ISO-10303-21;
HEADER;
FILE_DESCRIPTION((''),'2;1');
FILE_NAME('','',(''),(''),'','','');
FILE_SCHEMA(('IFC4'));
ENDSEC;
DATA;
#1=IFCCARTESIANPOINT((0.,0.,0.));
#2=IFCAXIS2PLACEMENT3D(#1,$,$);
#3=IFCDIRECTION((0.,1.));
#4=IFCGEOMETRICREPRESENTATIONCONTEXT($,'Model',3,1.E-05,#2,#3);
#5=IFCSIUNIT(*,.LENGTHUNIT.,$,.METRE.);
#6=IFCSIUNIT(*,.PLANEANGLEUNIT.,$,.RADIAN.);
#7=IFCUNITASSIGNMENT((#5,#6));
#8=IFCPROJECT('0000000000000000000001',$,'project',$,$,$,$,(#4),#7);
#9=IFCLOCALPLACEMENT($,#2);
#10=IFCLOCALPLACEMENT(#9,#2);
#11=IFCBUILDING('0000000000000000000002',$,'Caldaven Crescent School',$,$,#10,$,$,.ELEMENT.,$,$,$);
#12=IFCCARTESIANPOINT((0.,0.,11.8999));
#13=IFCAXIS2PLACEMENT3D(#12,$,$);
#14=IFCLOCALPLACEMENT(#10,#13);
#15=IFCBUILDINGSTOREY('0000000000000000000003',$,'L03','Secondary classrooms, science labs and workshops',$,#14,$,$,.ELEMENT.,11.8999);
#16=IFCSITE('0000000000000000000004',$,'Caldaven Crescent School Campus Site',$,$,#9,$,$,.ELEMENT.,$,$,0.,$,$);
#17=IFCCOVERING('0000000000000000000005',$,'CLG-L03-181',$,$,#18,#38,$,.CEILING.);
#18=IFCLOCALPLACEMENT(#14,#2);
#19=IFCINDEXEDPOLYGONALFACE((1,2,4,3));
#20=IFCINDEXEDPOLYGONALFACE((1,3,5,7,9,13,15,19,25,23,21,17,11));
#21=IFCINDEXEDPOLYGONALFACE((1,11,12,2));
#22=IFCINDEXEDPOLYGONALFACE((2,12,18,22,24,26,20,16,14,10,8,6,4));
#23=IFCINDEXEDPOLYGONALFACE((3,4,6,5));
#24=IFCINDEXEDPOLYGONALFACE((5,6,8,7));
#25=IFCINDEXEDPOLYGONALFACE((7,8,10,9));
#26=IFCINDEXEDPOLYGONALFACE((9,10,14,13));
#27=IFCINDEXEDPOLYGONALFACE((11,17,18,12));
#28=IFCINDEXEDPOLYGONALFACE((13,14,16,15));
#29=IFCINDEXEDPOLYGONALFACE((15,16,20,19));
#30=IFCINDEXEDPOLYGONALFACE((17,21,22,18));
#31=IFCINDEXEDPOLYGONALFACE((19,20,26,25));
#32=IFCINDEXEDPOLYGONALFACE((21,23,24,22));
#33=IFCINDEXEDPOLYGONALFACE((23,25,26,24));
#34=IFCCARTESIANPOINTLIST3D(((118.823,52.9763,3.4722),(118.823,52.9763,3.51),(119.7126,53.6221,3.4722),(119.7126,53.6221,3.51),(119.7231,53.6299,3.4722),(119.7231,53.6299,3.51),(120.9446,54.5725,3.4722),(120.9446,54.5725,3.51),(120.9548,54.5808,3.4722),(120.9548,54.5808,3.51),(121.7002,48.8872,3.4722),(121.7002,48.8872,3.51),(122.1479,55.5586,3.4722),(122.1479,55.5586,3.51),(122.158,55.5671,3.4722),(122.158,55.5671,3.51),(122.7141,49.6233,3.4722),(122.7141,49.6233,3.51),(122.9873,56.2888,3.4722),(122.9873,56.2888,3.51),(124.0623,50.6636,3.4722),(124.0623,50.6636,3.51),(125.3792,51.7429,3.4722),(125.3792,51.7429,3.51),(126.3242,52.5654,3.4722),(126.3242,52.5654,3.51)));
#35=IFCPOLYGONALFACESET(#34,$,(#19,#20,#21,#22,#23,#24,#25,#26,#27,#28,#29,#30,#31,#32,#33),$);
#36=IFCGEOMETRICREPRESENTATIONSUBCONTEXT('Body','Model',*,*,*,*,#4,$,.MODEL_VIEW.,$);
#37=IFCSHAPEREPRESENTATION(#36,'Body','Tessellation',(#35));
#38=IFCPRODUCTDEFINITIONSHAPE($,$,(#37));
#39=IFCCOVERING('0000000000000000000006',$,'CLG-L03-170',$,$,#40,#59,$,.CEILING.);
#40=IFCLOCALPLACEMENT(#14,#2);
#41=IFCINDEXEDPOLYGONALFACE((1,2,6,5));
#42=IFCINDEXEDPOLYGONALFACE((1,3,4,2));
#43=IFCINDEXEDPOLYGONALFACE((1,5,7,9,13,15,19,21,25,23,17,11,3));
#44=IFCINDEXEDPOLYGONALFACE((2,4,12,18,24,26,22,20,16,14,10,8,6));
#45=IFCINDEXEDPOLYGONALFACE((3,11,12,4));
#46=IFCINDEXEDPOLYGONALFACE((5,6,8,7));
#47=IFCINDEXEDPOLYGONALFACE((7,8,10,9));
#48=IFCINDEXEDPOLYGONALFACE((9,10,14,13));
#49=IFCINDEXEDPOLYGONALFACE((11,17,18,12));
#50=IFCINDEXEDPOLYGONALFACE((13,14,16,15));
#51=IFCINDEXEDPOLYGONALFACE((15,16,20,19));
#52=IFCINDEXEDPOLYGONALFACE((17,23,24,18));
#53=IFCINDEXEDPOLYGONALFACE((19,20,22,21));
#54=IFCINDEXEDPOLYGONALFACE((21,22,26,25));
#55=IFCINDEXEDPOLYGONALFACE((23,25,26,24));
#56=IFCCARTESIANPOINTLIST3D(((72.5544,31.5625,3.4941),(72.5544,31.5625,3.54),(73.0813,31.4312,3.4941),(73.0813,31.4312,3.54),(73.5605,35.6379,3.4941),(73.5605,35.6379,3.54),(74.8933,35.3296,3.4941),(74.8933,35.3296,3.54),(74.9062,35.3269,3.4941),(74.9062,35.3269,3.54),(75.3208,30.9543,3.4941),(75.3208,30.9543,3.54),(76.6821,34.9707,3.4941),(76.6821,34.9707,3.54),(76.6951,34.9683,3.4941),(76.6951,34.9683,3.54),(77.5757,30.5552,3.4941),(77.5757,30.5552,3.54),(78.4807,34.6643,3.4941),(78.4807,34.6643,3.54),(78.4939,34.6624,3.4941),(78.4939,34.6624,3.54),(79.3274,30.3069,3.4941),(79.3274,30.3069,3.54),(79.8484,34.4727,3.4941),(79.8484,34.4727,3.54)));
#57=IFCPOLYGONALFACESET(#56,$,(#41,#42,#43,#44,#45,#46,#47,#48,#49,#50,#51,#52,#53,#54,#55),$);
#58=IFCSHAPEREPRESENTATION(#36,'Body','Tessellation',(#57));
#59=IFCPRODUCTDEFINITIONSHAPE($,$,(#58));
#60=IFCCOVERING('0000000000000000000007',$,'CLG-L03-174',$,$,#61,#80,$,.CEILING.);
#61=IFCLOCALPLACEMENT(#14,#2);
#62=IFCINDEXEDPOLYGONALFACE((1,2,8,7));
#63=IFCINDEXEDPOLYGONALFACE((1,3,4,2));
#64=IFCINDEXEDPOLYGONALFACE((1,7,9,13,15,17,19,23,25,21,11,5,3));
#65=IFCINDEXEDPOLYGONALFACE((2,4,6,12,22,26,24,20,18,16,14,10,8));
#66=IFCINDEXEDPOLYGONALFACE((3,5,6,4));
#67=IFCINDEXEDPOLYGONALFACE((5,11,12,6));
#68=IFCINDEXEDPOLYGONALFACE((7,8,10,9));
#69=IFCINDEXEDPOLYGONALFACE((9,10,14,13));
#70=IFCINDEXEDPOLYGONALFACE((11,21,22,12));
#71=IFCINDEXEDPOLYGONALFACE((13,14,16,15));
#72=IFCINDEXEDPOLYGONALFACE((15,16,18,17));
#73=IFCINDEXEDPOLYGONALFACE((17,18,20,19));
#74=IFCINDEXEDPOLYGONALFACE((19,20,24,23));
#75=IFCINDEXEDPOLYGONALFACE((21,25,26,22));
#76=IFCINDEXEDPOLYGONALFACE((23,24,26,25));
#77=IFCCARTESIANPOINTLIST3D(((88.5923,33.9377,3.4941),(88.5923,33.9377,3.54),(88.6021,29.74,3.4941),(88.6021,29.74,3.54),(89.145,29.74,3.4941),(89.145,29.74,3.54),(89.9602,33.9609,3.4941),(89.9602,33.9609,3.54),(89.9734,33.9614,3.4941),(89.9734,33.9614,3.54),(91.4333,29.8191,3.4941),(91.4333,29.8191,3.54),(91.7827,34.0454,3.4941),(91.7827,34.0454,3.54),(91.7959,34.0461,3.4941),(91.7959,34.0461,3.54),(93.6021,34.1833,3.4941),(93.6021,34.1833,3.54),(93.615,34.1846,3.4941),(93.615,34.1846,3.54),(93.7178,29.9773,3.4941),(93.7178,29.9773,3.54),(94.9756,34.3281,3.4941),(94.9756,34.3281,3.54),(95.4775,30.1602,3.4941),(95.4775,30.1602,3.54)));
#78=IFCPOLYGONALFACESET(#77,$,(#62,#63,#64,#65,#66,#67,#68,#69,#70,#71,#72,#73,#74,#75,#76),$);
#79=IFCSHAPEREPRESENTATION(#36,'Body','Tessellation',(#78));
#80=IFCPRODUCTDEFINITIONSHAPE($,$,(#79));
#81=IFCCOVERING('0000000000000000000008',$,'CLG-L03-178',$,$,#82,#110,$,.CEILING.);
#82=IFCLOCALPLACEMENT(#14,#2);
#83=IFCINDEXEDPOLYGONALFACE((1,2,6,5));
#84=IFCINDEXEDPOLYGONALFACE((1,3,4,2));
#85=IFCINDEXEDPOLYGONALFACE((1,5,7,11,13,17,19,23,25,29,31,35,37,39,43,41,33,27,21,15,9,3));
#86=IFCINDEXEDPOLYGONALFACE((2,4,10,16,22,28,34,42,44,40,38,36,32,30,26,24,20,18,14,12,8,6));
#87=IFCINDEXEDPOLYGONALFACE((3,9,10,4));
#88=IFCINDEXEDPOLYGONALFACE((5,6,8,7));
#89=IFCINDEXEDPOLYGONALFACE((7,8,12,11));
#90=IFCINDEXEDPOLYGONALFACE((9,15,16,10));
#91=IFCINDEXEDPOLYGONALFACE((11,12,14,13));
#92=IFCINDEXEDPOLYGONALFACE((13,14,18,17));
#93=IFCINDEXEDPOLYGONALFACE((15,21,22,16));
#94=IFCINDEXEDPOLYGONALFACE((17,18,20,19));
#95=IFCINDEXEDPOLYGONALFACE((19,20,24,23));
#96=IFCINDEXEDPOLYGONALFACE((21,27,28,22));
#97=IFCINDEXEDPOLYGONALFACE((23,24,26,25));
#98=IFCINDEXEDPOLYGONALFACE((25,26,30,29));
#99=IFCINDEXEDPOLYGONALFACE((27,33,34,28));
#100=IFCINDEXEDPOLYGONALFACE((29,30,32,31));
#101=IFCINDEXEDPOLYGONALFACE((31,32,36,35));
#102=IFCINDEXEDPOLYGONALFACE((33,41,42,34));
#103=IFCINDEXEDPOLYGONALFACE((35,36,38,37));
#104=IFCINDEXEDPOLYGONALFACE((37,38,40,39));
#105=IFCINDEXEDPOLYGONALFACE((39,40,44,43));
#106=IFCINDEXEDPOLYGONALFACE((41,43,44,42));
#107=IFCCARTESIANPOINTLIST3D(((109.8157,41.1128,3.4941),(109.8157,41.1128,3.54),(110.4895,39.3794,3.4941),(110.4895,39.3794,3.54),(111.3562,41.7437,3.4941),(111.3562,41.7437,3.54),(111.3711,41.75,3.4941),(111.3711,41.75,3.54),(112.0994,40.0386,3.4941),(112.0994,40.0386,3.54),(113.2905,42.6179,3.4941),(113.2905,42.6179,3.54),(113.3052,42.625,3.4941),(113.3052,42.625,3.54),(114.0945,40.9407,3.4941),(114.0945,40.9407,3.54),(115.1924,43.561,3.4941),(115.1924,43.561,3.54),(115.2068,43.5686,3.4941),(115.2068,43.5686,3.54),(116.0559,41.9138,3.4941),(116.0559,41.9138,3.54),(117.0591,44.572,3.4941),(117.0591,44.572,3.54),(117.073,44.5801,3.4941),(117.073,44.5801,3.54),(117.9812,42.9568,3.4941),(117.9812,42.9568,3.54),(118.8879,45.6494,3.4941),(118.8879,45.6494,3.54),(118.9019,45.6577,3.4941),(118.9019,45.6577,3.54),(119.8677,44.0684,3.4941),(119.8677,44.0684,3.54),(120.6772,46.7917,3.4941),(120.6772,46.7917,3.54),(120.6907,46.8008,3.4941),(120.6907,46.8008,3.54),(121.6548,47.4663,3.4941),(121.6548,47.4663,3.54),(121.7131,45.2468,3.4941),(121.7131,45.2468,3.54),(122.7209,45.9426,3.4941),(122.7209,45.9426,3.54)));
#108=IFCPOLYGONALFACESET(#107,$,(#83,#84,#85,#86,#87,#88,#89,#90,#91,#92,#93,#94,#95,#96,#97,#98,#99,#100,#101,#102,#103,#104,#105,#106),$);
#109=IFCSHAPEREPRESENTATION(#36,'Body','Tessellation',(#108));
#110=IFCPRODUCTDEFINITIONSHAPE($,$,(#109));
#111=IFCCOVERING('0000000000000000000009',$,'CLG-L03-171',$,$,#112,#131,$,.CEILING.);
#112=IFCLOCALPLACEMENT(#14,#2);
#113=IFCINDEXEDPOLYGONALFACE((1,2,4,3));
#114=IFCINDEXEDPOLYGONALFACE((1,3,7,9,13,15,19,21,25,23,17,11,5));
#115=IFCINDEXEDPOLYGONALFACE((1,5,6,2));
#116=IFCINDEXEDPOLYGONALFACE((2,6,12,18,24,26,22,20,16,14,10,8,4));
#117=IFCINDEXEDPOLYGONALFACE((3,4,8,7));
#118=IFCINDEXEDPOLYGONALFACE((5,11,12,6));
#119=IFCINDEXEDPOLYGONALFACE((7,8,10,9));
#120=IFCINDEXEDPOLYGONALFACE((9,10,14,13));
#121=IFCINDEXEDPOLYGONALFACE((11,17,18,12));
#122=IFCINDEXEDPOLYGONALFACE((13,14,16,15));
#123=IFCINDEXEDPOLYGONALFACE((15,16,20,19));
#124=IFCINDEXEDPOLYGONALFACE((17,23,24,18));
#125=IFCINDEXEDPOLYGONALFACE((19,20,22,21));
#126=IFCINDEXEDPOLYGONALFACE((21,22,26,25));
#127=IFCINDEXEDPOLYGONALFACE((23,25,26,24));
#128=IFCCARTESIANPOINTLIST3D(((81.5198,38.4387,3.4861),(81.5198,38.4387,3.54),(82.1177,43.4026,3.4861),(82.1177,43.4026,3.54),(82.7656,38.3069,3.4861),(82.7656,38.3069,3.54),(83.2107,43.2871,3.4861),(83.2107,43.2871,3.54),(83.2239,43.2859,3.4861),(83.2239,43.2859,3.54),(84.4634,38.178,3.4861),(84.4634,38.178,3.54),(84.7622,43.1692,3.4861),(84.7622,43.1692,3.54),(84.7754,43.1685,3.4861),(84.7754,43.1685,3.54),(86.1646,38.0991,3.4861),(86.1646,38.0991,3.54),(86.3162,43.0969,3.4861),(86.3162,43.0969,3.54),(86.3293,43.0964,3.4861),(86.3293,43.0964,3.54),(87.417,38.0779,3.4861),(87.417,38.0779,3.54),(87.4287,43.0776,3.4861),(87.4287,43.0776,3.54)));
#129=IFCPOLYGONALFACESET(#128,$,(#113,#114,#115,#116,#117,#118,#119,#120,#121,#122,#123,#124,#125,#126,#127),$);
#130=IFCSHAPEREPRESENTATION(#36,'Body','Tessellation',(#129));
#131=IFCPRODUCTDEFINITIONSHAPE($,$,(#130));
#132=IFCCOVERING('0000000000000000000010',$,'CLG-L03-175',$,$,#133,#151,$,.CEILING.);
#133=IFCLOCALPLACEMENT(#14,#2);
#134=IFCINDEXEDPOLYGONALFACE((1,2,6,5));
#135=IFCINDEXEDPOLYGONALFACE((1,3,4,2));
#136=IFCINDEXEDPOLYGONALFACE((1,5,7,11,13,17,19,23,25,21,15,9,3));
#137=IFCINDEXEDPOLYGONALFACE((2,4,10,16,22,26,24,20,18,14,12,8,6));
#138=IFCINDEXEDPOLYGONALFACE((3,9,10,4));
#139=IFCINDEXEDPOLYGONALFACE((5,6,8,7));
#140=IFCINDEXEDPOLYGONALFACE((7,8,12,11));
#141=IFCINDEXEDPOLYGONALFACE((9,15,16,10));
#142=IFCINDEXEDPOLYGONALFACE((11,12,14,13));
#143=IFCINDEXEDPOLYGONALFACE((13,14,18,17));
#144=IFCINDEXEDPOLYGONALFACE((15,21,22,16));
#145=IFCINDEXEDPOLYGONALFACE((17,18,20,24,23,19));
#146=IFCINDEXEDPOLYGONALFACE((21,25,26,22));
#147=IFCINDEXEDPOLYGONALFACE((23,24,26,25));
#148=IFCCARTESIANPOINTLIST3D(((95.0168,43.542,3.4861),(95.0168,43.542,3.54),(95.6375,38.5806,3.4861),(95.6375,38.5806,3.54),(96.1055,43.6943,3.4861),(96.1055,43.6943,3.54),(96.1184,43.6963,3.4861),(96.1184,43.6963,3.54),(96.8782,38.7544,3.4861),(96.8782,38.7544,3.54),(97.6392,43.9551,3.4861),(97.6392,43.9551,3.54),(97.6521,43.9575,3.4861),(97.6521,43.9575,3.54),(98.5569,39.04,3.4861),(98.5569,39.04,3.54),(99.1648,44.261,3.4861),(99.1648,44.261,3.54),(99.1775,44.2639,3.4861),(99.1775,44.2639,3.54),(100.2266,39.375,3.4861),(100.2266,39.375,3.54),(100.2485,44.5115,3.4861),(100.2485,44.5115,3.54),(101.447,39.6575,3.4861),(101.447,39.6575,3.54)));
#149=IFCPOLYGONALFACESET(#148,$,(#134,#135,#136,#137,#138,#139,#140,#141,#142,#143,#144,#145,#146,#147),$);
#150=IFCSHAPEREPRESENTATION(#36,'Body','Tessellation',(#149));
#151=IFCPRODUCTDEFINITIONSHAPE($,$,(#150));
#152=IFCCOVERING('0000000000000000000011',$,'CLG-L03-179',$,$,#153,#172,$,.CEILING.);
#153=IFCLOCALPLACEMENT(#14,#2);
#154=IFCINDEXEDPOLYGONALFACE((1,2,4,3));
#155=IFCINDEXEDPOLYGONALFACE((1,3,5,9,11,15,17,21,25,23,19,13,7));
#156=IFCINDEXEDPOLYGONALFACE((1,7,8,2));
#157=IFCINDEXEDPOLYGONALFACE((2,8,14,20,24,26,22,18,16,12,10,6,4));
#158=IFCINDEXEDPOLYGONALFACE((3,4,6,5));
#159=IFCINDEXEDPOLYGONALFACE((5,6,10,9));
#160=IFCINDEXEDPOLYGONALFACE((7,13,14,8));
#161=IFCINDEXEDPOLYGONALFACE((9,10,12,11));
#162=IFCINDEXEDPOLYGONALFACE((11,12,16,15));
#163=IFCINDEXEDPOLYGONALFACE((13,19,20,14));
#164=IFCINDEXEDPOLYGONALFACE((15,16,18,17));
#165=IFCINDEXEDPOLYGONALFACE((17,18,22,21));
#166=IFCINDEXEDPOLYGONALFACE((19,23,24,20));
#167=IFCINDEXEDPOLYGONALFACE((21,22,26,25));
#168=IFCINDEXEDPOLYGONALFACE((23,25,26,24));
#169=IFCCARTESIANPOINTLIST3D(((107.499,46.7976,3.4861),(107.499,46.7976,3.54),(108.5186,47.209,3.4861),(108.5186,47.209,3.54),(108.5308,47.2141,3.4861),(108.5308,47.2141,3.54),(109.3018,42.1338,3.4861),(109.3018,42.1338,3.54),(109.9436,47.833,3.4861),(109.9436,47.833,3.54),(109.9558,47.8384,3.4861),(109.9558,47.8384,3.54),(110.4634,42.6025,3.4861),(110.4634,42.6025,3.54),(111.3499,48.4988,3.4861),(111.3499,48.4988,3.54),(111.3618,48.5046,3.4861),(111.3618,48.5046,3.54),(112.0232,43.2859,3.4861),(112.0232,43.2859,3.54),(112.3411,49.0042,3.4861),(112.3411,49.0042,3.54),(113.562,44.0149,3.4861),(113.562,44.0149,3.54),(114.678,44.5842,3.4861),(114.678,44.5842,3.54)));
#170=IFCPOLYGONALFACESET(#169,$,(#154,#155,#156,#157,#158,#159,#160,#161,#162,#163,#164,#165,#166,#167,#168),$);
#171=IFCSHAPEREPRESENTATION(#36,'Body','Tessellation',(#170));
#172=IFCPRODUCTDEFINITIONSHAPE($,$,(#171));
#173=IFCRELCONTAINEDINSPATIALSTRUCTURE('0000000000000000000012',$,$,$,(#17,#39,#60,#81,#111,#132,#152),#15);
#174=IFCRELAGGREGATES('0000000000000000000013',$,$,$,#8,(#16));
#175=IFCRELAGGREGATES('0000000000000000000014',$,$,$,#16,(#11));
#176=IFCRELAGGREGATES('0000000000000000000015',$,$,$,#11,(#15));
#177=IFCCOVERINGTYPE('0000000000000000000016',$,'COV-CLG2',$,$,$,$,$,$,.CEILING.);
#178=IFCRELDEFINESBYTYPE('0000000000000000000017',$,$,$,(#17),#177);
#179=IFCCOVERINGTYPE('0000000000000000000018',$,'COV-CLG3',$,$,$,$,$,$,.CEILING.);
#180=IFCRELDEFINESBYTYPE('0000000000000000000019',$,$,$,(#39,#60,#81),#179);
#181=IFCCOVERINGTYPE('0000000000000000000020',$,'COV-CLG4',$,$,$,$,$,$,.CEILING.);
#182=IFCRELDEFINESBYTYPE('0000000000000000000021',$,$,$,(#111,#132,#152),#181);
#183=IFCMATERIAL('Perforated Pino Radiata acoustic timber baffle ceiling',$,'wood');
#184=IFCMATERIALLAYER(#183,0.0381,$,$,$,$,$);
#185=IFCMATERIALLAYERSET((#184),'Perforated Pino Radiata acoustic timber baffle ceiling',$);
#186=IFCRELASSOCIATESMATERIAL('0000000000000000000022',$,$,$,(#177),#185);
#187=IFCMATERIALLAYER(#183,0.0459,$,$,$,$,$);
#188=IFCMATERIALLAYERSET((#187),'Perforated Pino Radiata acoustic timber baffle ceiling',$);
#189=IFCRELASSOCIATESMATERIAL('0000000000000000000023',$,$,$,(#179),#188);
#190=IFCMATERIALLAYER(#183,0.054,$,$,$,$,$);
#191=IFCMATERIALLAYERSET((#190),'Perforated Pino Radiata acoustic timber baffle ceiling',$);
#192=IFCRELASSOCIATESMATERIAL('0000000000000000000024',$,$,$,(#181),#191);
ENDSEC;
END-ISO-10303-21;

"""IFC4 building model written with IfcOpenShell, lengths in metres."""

from ifc_helpers import new_model, si_unit, direction, frame, origin, place, context, subcontext, project, spatial, polyline, outline, extrude, material, layer, layer_set, type_object, element, save


model = new_model("IFC4")

# Units and contexts
model_context = context("Model", 3, precision=1e-05, world=origin(), true_north=direction((0.0, 1.0)))
body_context = subcontext(model_context, "Body", "Model", "MODEL_VIEW")
ifc_project = project(units=[si_unit("LENGTHUNIT", "METRE"), si_unit("PLANEANGLEUNIT", "RADIAN")], contexts=[model_context])

# Site, building, storey
site_placement = place(None, origin())
site = spatial("IfcSite", under=ifc_project, at=site_placement, Name="Caldaven Crescent School Campus Site", CompositionType="ELEMENT", RefElevation=0.0)
building_placement = place(site_placement, origin())
building = spatial("IfcBuilding", under=site, at=building_placement, Name="Caldaven Crescent School", CompositionType="ELEMENT")
storey_placement = place(building_placement, frame((0.0, 0.0, 11.8999)))
storey = spatial("IfcBuildingStorey", under=building, at=storey_placement, Name="L03", Description="Secondary classrooms, science labs and workshops", CompositionType="ELEMENT", Elevation=11.8999)

# Coverings
ifc_material_1 = material(Name="Perforated Pino Radiata acoustic timber baffle ceiling", Category="wood")
ifc_layer_1 = layer(ifc_material_1, 0.0381)
ifc_layer_set_1 = layer_set([ifc_layer_1], Name="Perforated Pino Radiata acoustic timber baffle ceiling")
covering_type_1 = type_object("IfcCoveringType", Name="COV-CLG2", PredefinedType="CEILING", material=ifc_layer_set_1)
covering_1_placement = place(storey_placement, frame((0.0, 0.0, 3.4722)))
element("IfcCovering", 1, at=covering_1_placement, inside=storey, type_object=covering_type_1, Name="CLG-L03-181", PredefinedType="CEILING", context=body_context, shape_type="SweptSolid", body=[
    extrude(outline(polyline([(119.7126, 53.6221), (119.7231, 53.6299), (120.9446, 54.5725), (120.9548, 54.5808), (122.1479, 55.5586), (122.158, 55.5671), (122.9873, 56.2888), (126.3242, 52.5654), (125.3792, 51.7429), (124.0623, 50.6636), (122.7141, 49.6233), (121.7002, 48.8872), (118.823, 52.9763), (119.7126, 53.6221)])), origin(), (0.0, 0.0, 1.0), 0.0378),
])
ifc_layer_2 = layer(ifc_material_1, 0.0459)
ifc_layer_set_2 = layer_set([ifc_layer_2], Name="Perforated Pino Radiata acoustic timber baffle ceiling")
covering_type_2 = type_object("IfcCoveringType", Name="COV-CLG3", PredefinedType="CEILING", material=ifc_layer_set_2)
covering_2_placement = place(storey_placement, frame((0.0, 0.0, 3.4941)))
element("IfcCovering", 2, at=covering_2_placement, inside=storey, type_object=covering_type_2, Name="CLG-L03-170", PredefinedType="CEILING", context=body_context, shape_type="SweptSolid", body=[
    extrude(outline(polyline([(74.8933, 35.3296), (74.9062, 35.3269), (76.6821, 34.9707), (76.6951, 34.9683), (78.4807, 34.6643), (78.4939, 34.6624), (79.8484, 34.4727), (79.3274, 30.3069), (77.5757, 30.5552), (75.3208, 30.9543), (73.0813, 31.4312), (72.5544, 31.5625), (73.5605, 35.6379), (74.8933, 35.3296)])), origin(), (0.0, 0.0, 1.0), 0.0459),
])
covering_3_placement = place(storey_placement, frame((0.0, 0.0, 3.4941)))
element("IfcCovering", 3, at=covering_3_placement, inside=storey, type_object=covering_type_2, Name="CLG-L03-174", PredefinedType="CEILING", context=body_context, shape_type="SweptSolid", body=[
    extrude(outline(polyline([(89.9602, 33.9609), (89.9734, 33.9614), (91.7827, 34.0454), (91.7959, 34.0461), (93.6021, 34.1833), (93.615, 34.1846), (94.9756, 34.3281), (95.4775, 30.1602), (93.7178, 29.9773), (91.4333, 29.8191), (89.145, 29.74), (88.6021, 29.74), (88.5923, 33.9377), (89.9602, 33.9609)])), origin(), (0.0, 0.0, 1.0), 0.0459),
])
covering_4_placement = place(storey_placement, frame((0.0, 0.0, 3.4941)))
element("IfcCovering", 4, at=covering_4_placement, inside=storey, type_object=covering_type_2, Name="CLG-L03-178", PredefinedType="CEILING", context=body_context, shape_type="SweptSolid", body=[
    extrude(outline(polyline([(111.3562, 41.7437), (111.3711, 41.75), (113.2905, 42.6179), (113.3052, 42.625), (115.1924, 43.561), (115.2068, 43.5686), (117.0591, 44.572), (117.073, 44.5801), (118.8879, 45.6494), (118.9019, 45.6577), (120.6772, 46.7917), (120.6907, 46.8008), (121.6548, 47.4663), (122.7209, 45.9426), (121.7131, 45.2468), (119.8677, 44.0684), (117.9812, 42.9568), (116.0559, 41.9138), (114.0945, 40.9407), (112.0994, 40.0386), (110.4895, 39.3794), (109.8157, 41.1128), (111.3562, 41.7437)])), origin(), (0.0, 0.0, 1.0), 0.0459),
])
ifc_layer_3 = layer(ifc_material_1, 0.054)
ifc_layer_set_3 = layer_set([ifc_layer_3], Name="Perforated Pino Radiata acoustic timber baffle ceiling")
covering_type_3 = type_object("IfcCoveringType", Name="COV-CLG4", PredefinedType="CEILING", material=ifc_layer_set_3)
covering_5_placement = place(storey_placement, frame((0.0, 0.0, 3.4861)))
element("IfcCovering", 5, at=covering_5_placement, inside=storey, type_object=covering_type_3, Name="CLG-L03-171", PredefinedType="CEILING", context=body_context, shape_type="SweptSolid", body=[
    extrude(outline(polyline([(83.2107, 43.2871), (83.2239, 43.2859), (84.7622, 43.1692), (84.7754, 43.1685), (86.3162, 43.0969), (86.3293, 43.0964), (87.4287, 43.0776), (87.417, 38.0779), (86.1646, 38.0991), (84.4634, 38.178), (82.7656, 38.3069), (81.5198, 38.4387), (82.1177, 43.4026), (83.2107, 43.2871)])), origin(), (0.0, 0.0, 1.0), 0.054),
])
covering_6_placement = place(storey_placement, frame((0.0, 0.0, 3.4861)))
element("IfcCovering", 6, at=covering_6_placement, inside=storey, type_object=covering_type_3, Name="CLG-L03-175", PredefinedType="CEILING", context=body_context, shape_type="SweptSolid", body=[
    extrude(outline(polyline([(96.1055, 43.6943), (96.1184, 43.6963), (97.6392, 43.9551), (97.6521, 43.9575), (99.1648, 44.261), (99.1775, 44.2639), (100.2485, 44.5115), (101.447, 39.6575), (100.2266, 39.375), (98.5569, 39.04), (96.8782, 38.7544), (95.6375, 38.5806), (95.0168, 43.542), (96.1055, 43.6943)])), origin(), (0.0, 0.0, 1.0), 0.054),
])
covering_7_placement = place(storey_placement, frame((0.0, 0.0, 3.4861)))
element("IfcCovering", 7, at=covering_7_placement, inside=storey, type_object=covering_type_3, Name="CLG-L03-179", PredefinedType="CEILING", context=body_context, shape_type="SweptSolid", body=[
    extrude(outline(polyline([(108.5186, 47.209), (108.5308, 47.2141), (109.9436, 47.833), (109.9558, 47.8384), (111.3499, 48.4988), (111.3618, 48.5046), (112.3411, 49.0042), (114.678, 44.5842), (113.562, 44.0149), (112.0232, 43.2859), (110.4634, 42.6025), (109.3018, 42.1338), (107.499, 46.7976), (108.5186, 47.209)])), origin(), (0.0, 0.0, 1.0), 0.054),
])

save(model, "model.ifc")
